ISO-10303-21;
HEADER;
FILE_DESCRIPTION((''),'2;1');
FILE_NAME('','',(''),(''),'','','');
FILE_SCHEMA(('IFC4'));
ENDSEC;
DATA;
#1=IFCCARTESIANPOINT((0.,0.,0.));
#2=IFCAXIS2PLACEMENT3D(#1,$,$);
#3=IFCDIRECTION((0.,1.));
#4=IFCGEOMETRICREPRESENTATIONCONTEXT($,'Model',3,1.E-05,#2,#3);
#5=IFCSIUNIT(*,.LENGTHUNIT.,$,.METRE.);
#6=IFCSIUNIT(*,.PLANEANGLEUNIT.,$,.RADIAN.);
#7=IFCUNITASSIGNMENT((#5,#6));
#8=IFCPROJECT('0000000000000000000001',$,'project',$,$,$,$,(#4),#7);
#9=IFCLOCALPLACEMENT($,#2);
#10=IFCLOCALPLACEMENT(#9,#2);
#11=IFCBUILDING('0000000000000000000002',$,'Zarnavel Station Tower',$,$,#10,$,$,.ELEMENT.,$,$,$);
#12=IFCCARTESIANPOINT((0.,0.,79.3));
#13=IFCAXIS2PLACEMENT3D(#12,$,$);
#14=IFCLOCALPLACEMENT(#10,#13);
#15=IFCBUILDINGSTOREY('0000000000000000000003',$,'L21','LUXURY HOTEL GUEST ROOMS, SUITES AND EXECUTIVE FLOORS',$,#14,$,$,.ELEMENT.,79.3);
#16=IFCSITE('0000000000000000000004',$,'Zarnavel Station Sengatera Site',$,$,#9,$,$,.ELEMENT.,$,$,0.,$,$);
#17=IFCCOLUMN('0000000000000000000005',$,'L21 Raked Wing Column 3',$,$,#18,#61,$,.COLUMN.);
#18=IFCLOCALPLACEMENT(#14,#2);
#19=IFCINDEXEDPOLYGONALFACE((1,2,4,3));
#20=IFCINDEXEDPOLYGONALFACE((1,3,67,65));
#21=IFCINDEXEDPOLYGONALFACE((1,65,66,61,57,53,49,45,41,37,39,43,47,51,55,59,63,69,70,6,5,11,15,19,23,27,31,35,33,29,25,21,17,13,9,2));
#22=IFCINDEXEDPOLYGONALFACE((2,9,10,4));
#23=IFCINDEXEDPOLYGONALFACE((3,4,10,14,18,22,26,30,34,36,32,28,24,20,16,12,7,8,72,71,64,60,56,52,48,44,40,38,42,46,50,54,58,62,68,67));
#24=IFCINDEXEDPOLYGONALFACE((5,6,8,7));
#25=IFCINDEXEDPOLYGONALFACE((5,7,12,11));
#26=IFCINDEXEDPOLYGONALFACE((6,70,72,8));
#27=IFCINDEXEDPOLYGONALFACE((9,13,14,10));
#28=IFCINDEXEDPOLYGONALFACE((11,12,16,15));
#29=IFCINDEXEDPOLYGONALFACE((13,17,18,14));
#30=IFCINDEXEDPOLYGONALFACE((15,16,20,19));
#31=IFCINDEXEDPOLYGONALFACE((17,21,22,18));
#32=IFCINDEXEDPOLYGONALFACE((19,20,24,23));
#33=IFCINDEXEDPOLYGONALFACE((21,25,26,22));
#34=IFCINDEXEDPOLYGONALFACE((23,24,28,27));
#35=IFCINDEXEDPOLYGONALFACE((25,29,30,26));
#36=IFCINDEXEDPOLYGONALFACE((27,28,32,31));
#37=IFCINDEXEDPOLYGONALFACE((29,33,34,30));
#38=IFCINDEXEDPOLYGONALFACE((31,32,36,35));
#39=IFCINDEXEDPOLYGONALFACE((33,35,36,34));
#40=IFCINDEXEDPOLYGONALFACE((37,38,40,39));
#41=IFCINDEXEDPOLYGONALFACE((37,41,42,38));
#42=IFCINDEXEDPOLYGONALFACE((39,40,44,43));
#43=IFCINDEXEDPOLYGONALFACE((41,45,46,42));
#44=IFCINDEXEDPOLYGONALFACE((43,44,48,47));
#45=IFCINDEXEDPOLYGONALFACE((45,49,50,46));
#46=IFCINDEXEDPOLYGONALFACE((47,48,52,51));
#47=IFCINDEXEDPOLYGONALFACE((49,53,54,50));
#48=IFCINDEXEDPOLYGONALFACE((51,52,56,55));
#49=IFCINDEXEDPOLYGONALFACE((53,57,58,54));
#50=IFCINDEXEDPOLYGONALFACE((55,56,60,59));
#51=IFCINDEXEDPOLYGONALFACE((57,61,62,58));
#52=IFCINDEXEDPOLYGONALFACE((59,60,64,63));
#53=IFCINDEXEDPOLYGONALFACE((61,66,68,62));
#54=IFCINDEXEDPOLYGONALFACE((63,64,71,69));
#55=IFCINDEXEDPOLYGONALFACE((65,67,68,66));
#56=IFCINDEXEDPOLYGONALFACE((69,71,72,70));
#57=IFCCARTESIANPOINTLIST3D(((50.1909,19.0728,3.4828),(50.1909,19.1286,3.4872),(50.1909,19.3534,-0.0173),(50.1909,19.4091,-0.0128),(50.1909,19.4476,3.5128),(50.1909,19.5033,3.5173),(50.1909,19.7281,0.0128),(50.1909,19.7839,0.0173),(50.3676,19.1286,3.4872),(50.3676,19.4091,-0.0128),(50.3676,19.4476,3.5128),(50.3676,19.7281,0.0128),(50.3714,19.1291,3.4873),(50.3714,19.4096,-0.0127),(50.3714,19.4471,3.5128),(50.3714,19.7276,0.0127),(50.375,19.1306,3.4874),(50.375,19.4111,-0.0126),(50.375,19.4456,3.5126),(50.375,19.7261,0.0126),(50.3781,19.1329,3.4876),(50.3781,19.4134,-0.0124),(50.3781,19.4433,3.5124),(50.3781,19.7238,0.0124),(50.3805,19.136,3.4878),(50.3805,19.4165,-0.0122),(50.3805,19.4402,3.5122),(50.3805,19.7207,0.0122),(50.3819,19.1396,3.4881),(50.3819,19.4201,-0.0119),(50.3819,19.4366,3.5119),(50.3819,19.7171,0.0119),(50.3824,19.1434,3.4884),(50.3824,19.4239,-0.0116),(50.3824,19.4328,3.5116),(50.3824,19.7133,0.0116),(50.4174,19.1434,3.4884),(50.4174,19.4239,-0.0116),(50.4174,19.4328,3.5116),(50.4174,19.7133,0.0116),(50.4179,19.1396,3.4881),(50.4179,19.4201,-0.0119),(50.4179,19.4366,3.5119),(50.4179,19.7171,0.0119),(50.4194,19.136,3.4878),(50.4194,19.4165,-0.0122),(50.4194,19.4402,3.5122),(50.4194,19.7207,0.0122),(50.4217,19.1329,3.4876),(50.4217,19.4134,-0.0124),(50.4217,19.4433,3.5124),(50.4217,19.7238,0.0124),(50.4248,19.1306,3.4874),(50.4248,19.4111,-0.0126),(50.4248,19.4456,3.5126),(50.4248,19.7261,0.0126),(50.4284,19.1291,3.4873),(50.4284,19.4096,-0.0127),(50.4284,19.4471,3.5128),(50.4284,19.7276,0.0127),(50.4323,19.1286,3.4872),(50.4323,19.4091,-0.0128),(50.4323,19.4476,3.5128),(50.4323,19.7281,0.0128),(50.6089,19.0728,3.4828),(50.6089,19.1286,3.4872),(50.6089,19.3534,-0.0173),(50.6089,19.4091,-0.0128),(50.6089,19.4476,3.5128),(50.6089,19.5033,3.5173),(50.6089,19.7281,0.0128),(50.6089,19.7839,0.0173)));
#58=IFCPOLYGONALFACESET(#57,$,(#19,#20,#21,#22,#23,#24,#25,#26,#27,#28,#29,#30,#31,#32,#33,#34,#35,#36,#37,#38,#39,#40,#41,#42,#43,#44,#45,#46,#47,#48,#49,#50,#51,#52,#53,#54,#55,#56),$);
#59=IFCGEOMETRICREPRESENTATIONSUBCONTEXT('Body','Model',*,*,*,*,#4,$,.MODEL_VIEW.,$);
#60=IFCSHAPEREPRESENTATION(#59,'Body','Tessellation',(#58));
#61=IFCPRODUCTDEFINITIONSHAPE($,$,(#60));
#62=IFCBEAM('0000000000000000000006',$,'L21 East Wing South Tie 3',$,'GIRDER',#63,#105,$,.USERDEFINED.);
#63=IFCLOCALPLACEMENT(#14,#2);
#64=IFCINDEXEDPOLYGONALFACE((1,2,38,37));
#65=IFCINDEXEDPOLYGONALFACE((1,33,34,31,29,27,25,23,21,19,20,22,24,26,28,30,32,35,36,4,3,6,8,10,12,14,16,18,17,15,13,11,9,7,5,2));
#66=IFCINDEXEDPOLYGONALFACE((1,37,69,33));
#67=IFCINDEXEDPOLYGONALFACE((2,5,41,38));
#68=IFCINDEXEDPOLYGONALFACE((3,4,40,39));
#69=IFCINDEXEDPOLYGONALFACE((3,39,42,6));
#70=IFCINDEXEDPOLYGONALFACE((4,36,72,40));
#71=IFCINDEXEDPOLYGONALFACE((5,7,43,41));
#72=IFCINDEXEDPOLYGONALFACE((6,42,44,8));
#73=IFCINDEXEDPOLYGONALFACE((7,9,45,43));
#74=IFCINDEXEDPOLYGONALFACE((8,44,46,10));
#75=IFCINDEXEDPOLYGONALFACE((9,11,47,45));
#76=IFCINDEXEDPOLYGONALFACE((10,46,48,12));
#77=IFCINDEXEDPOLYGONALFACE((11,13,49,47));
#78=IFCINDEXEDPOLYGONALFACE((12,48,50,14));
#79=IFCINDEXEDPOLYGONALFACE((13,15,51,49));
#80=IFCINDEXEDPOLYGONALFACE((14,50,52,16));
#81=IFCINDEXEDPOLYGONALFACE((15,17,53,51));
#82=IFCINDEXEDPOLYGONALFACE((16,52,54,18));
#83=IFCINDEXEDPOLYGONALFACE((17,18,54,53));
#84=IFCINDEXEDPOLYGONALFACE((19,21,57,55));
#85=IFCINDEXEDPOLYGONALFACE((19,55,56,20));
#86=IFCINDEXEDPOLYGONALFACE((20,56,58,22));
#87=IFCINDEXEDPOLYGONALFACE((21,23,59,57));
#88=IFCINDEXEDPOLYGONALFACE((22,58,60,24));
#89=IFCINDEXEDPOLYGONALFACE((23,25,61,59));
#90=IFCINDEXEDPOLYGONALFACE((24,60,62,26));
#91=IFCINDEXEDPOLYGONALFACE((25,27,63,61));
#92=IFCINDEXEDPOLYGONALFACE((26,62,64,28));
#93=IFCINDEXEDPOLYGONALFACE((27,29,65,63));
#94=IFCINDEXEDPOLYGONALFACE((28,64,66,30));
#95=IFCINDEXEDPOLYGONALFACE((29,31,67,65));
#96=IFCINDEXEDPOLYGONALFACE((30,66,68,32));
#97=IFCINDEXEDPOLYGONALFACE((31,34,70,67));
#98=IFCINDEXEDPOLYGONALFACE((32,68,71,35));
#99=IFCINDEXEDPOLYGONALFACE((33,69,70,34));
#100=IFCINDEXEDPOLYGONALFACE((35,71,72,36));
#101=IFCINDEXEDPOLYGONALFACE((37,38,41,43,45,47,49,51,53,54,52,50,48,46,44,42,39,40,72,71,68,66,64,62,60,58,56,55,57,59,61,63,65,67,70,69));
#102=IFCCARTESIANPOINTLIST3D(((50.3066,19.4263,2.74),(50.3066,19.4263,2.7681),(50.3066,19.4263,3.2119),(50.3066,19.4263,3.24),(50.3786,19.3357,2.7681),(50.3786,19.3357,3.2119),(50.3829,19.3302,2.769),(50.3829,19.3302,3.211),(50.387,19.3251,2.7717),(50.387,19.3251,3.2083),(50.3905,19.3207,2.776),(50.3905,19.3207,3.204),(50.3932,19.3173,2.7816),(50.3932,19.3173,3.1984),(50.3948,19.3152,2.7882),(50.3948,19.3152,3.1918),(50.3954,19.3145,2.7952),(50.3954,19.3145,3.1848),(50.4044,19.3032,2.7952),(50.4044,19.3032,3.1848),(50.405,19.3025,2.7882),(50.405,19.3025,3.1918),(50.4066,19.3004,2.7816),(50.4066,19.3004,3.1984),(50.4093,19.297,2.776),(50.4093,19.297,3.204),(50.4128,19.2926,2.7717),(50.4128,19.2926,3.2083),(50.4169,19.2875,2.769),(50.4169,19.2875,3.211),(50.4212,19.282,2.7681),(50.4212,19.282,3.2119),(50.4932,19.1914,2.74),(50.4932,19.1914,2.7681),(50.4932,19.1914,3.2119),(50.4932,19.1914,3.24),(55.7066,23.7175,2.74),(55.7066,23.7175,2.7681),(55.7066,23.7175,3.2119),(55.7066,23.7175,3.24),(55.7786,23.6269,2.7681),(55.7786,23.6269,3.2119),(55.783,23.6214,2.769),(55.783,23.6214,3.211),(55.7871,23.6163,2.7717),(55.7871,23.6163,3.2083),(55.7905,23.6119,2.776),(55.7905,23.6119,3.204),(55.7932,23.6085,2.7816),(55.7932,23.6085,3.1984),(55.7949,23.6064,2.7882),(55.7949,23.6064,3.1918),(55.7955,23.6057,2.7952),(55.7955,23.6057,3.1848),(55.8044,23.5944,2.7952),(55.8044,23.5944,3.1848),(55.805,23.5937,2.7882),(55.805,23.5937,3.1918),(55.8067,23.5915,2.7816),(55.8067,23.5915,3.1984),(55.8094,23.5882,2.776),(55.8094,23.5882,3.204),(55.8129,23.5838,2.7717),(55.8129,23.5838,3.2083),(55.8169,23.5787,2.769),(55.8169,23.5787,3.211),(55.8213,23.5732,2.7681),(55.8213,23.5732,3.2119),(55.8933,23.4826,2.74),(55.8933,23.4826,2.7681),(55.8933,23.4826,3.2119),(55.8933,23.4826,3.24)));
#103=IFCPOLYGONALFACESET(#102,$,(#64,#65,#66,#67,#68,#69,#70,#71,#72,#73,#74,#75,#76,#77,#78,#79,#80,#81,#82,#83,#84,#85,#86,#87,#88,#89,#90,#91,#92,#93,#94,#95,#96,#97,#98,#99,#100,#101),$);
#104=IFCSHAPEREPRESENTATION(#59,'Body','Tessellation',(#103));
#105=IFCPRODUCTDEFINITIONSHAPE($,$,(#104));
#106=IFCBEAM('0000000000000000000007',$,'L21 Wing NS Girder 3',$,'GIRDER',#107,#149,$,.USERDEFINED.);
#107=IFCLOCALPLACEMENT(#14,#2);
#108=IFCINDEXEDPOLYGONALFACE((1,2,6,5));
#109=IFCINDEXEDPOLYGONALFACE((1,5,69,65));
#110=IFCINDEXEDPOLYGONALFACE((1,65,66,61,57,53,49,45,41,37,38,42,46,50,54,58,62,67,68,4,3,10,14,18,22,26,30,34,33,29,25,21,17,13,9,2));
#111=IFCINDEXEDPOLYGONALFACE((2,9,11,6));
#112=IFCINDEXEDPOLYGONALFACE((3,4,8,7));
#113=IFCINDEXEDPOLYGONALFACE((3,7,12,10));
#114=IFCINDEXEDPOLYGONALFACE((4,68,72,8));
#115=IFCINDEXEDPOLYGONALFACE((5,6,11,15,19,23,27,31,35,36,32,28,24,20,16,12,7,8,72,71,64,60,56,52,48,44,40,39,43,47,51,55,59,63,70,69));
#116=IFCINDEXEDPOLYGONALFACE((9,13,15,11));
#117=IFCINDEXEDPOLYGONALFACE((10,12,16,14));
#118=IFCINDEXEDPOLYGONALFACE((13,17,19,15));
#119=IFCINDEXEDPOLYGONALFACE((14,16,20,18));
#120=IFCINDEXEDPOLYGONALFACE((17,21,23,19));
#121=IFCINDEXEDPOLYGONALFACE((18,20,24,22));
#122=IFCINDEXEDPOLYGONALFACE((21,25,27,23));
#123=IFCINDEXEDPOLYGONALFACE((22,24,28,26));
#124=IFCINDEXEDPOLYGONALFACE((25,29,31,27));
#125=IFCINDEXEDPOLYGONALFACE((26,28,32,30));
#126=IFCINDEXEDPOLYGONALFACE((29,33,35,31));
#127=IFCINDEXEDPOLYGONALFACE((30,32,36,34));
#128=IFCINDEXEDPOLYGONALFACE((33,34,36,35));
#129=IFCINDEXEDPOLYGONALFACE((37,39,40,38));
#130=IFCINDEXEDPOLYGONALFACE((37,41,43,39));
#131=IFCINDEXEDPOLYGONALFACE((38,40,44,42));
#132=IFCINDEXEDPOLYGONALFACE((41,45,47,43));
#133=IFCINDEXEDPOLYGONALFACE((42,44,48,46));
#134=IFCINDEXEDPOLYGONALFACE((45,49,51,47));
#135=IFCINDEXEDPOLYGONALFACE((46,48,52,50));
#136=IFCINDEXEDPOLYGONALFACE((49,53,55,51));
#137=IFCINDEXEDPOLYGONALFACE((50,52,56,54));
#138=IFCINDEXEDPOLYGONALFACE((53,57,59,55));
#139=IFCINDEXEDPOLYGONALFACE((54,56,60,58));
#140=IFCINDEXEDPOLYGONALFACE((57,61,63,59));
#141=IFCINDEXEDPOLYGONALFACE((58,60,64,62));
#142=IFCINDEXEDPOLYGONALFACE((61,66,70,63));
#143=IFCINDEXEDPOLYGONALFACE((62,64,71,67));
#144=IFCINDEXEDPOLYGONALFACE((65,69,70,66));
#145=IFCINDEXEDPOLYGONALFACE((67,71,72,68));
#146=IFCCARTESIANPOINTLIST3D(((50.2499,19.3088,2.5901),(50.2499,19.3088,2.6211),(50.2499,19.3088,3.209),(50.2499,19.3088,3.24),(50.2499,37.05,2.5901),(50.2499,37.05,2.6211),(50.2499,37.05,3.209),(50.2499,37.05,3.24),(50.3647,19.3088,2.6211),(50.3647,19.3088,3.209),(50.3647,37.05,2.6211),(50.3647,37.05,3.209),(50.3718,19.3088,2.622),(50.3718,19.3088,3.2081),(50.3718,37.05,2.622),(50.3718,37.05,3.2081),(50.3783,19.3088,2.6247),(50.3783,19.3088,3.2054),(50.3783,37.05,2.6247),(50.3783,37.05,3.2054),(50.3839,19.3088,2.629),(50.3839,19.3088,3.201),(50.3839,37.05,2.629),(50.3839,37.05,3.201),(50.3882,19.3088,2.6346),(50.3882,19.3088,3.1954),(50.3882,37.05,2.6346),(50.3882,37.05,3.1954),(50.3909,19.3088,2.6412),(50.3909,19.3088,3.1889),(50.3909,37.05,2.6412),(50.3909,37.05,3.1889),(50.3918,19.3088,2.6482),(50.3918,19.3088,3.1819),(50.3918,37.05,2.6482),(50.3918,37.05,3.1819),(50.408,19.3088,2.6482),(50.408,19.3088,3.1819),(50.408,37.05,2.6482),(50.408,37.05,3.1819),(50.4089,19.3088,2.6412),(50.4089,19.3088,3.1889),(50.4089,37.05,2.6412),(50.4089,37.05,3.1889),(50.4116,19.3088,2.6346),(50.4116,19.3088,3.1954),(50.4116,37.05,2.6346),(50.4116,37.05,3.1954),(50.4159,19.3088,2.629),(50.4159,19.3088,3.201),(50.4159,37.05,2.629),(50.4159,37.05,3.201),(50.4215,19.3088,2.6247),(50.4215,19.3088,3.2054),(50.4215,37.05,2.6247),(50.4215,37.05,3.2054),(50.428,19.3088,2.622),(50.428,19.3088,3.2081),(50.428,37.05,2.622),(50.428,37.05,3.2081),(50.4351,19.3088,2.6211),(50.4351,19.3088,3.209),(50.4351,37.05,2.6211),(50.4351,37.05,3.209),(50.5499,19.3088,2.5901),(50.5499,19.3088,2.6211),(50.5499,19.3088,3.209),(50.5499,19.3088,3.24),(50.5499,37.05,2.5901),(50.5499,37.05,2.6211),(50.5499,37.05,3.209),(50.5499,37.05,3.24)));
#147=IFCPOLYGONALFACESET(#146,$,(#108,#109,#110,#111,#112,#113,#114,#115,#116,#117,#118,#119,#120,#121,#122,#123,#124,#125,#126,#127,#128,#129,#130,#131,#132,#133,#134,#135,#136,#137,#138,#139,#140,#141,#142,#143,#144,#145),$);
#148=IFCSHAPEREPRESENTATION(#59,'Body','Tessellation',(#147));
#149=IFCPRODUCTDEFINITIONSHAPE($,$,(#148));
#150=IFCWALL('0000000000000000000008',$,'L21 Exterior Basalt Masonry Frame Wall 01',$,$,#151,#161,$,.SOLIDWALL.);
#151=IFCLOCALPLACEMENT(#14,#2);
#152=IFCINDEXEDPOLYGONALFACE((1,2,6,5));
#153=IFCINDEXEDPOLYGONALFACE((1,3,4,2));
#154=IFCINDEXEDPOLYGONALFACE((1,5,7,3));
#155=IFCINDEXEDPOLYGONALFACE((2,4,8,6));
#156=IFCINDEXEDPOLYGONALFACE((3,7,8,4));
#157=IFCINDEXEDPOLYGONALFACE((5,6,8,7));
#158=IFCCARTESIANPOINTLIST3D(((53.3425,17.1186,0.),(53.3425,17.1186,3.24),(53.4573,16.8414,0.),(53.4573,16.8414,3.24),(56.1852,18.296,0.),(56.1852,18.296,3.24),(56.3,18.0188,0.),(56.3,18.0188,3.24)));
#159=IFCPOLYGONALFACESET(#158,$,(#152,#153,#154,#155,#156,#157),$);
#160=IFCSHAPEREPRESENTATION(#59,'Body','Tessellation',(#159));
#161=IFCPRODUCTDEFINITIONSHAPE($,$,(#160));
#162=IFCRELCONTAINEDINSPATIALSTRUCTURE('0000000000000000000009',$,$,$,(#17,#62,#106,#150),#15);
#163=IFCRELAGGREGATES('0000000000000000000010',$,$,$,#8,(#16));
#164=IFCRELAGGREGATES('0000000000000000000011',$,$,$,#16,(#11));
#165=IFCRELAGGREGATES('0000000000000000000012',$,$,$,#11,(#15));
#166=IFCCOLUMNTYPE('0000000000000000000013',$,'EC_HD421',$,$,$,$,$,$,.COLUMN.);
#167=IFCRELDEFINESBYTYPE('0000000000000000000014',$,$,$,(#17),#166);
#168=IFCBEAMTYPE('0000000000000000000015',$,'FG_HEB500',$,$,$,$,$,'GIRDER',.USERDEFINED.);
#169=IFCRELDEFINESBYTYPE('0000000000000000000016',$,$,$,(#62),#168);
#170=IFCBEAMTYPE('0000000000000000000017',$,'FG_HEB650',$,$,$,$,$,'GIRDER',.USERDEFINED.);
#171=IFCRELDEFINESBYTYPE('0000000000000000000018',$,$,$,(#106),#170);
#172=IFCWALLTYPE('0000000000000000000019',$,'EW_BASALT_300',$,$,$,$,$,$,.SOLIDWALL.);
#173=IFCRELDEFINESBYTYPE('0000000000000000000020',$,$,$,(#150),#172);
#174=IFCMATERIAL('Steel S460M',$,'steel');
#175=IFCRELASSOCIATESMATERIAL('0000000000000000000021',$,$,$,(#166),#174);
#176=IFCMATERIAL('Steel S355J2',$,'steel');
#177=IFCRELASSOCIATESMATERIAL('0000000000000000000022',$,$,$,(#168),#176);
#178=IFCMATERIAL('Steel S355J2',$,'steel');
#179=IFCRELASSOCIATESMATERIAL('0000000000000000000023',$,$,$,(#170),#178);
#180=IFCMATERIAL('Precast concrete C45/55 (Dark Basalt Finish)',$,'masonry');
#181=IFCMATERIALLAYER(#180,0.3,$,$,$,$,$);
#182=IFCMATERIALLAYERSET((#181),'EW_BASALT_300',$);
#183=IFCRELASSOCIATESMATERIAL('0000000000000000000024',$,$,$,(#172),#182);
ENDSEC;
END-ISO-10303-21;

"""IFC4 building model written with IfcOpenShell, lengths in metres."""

from ifc_helpers import new_model, si_unit, direction, frame, frame_2d, origin, origin_2d, place, context, subcontext, project, spatial, rectangle, i_section, extrude, material, layer, layer_set, material_profile, profile_set, type_object, element, save


model = new_model("IFC4")

# Units and contexts
model_context = context("Model", 3, precision=1e-05, world=origin(), true_north=direction((0.0, 1.0)))
body_context = subcontext(model_context, "Body", "Model", "MODEL_VIEW")
ifc_project = project(units=[si_unit("LENGTHUNIT", "METRE"), si_unit("PLANEANGLEUNIT", "RADIAN")], contexts=[model_context])

# Site, building, storey
site_placement = place(None, origin())
site = spatial("IfcSite", under=ifc_project, at=site_placement, Name="Zarnavel Station Sengatera Site", CompositionType="ELEMENT", RefElevation=0.0)
building_placement = place(site_placement, origin())
building = spatial("IfcBuilding", under=site, at=building_placement, Name="Zarnavel Station Tower", CompositionType="ELEMENT")
storey_placement = place(building_placement, frame((0.0, 0.0, 79.3)))
storey = spatial("IfcBuildingStorey", under=building, at=storey_placement, Name="L21", Description="LUXURY HOTEL GUEST ROOMS, SUITES AND EXECUTIVE FLOORS", CompositionType="ELEMENT", Elevation=79.3)

# Column
ifc_material_1 = material(Name="Steel S460M", Category="steel")
ifc_material_profile_1 = material_profile(ifc_material_1, i_section(OverallWidth=0.418, OverallDepth=0.4319, WebThickness=0.0349, FlangeThickness=0.0559, FilletRadius=0.0149, at=origin_2d()), Name="HD400x421")
ifc_profile_set_1 = profile_set([ifc_material_profile_1], Name="Steel S460M")
column_type = type_object("IfcColumnType", Name="EC_HD421", PredefinedType="COLUMN", material=ifc_profile_set_1)
column_placement = place(storey_placement, frame((50.3999, 19.5686, 0.0), z_axis=(0.0, -0.079892, 0.996804), x_axis=(1.0, 0.0, 0.0)))
element("IfcColumn", 1, at=column_placement, inside=storey, type_object=column_type, Name="L21 Raked Wing Column 3", PredefinedType="COLUMN", context=body_context, shape_type="SweptSolid", body=[
    extrude(i_section(OverallWidth=0.418, OverallDepth=0.4319, WebThickness=0.0349, FlangeThickness=0.0559, FilletRadius=0.0149, at=origin_2d()), origin(), (0.0, 0.0, 1.0), 3.5112),
])

# Beams
ifc_material_2 = material(Name="Steel S355J2", Category="steel")
ifc_material_profile_2 = material_profile(ifc_material_2, i_section(OverallWidth=0.3, OverallDepth=0.5, WebThickness=0.0144, FlangeThickness=0.0281, FilletRadius=0.0271, at=origin_2d()), Name="HEB500")
ifc_profile_set_2 = profile_set([ifc_material_profile_2], Name="Steel S355J2")
beam_type_1 = type_object("IfcBeamType", Name="FG_HEB500", ElementType="GIRDER", PredefinedType="USERDEFINED", material=ifc_profile_set_2)
beam_1_placement = place(storey_placement, frame((50.3999, 19.3088, 2.99), z_axis=(0.782905, 0.622141, 0.0), x_axis=(-0.622141, 0.782905, 0.0)))
element("IfcBeam", 2, at=beam_1_placement, inside=storey, type_object=beam_type_1, Name="L21 East Wing South Tie 3", ObjectType="GIRDER", PredefinedType="USERDEFINED", context=body_context, shape_type="SweptSolid", body=[
    extrude(i_section(OverallWidth=0.3, OverallDepth=0.5, WebThickness=0.0144, FlangeThickness=0.0281, FilletRadius=0.0271, at=origin_2d()), origin(), (0.0, 0.0, 1.0), 6.8975),
])
ifc_material_3 = material(Name="Steel S355J2", Category="steel")
ifc_material_profile_3 = material_profile(ifc_material_3, i_section(OverallWidth=0.3, OverallDepth=0.6499, WebThickness=0.0161, FlangeThickness=0.031, FilletRadius=0.0271, at=origin_2d()), Name="HEB650")
ifc_profile_set_3 = profile_set([ifc_material_profile_3], Name="Steel S355J2")
beam_type_2 = type_object("IfcBeamType", Name="FG_HEB650", ElementType="GIRDER", PredefinedType="USERDEFINED", material=ifc_profile_set_3)
beam_2_placement = place(storey_placement, frame((50.3999, 19.3088, 2.915), z_axis=(0.0, 1.0, 0.0), x_axis=(-1.0, 0.0, 0.0)))
element("IfcBeam", 3, at=beam_2_placement, inside=storey, type_object=beam_type_2, Name="L21 Wing NS Girder 3", ObjectType="GIRDER", PredefinedType="USERDEFINED", context=body_context, shape_type="SweptSolid", body=[
    extrude(i_section(OverallWidth=0.3, OverallDepth=0.6499, WebThickness=0.0161, FlangeThickness=0.031, FilletRadius=0.0271, at=origin_2d()), origin(), (0.0, 0.0, 1.0), 17.7412),
])

# Wall
ifc_material_4 = material(Name="Precast concrete C45/55 (Dark Basalt Finish)", Category="masonry")
ifc_layer_1 = layer(ifc_material_4, 0.3)
ifc_layer_set_1 = layer_set([ifc_layer_1], Name="EW_BASALT_300")
wall_type_1 = type_object("IfcWallType", Name="EW_BASALT_300", PredefinedType="SOLIDWALL", material=ifc_layer_set_1)
wall_1_placement = place(storey_placement, frame((56.2427, 18.1575, 0.0), z_axis=(0.0, 0.0, 1.0), x_axis=(-0.923882, -0.382676, 0.0)))
element("IfcWall", 4, at=wall_1_placement, inside=storey, type_object=wall_type_1, Name="L21 Exterior Basalt Masonry Frame Wall 01", PredefinedType="SOLIDWALL", context=body_context, shape_type="SweptSolid", body=[
    extrude(rectangle(XDim=3.0769, YDim=0.3, at=frame_2d((1.5386, 0.0))), origin(), (0.0, 0.0, 1.0), 3.24),
])

save(model, "model.ifc")
